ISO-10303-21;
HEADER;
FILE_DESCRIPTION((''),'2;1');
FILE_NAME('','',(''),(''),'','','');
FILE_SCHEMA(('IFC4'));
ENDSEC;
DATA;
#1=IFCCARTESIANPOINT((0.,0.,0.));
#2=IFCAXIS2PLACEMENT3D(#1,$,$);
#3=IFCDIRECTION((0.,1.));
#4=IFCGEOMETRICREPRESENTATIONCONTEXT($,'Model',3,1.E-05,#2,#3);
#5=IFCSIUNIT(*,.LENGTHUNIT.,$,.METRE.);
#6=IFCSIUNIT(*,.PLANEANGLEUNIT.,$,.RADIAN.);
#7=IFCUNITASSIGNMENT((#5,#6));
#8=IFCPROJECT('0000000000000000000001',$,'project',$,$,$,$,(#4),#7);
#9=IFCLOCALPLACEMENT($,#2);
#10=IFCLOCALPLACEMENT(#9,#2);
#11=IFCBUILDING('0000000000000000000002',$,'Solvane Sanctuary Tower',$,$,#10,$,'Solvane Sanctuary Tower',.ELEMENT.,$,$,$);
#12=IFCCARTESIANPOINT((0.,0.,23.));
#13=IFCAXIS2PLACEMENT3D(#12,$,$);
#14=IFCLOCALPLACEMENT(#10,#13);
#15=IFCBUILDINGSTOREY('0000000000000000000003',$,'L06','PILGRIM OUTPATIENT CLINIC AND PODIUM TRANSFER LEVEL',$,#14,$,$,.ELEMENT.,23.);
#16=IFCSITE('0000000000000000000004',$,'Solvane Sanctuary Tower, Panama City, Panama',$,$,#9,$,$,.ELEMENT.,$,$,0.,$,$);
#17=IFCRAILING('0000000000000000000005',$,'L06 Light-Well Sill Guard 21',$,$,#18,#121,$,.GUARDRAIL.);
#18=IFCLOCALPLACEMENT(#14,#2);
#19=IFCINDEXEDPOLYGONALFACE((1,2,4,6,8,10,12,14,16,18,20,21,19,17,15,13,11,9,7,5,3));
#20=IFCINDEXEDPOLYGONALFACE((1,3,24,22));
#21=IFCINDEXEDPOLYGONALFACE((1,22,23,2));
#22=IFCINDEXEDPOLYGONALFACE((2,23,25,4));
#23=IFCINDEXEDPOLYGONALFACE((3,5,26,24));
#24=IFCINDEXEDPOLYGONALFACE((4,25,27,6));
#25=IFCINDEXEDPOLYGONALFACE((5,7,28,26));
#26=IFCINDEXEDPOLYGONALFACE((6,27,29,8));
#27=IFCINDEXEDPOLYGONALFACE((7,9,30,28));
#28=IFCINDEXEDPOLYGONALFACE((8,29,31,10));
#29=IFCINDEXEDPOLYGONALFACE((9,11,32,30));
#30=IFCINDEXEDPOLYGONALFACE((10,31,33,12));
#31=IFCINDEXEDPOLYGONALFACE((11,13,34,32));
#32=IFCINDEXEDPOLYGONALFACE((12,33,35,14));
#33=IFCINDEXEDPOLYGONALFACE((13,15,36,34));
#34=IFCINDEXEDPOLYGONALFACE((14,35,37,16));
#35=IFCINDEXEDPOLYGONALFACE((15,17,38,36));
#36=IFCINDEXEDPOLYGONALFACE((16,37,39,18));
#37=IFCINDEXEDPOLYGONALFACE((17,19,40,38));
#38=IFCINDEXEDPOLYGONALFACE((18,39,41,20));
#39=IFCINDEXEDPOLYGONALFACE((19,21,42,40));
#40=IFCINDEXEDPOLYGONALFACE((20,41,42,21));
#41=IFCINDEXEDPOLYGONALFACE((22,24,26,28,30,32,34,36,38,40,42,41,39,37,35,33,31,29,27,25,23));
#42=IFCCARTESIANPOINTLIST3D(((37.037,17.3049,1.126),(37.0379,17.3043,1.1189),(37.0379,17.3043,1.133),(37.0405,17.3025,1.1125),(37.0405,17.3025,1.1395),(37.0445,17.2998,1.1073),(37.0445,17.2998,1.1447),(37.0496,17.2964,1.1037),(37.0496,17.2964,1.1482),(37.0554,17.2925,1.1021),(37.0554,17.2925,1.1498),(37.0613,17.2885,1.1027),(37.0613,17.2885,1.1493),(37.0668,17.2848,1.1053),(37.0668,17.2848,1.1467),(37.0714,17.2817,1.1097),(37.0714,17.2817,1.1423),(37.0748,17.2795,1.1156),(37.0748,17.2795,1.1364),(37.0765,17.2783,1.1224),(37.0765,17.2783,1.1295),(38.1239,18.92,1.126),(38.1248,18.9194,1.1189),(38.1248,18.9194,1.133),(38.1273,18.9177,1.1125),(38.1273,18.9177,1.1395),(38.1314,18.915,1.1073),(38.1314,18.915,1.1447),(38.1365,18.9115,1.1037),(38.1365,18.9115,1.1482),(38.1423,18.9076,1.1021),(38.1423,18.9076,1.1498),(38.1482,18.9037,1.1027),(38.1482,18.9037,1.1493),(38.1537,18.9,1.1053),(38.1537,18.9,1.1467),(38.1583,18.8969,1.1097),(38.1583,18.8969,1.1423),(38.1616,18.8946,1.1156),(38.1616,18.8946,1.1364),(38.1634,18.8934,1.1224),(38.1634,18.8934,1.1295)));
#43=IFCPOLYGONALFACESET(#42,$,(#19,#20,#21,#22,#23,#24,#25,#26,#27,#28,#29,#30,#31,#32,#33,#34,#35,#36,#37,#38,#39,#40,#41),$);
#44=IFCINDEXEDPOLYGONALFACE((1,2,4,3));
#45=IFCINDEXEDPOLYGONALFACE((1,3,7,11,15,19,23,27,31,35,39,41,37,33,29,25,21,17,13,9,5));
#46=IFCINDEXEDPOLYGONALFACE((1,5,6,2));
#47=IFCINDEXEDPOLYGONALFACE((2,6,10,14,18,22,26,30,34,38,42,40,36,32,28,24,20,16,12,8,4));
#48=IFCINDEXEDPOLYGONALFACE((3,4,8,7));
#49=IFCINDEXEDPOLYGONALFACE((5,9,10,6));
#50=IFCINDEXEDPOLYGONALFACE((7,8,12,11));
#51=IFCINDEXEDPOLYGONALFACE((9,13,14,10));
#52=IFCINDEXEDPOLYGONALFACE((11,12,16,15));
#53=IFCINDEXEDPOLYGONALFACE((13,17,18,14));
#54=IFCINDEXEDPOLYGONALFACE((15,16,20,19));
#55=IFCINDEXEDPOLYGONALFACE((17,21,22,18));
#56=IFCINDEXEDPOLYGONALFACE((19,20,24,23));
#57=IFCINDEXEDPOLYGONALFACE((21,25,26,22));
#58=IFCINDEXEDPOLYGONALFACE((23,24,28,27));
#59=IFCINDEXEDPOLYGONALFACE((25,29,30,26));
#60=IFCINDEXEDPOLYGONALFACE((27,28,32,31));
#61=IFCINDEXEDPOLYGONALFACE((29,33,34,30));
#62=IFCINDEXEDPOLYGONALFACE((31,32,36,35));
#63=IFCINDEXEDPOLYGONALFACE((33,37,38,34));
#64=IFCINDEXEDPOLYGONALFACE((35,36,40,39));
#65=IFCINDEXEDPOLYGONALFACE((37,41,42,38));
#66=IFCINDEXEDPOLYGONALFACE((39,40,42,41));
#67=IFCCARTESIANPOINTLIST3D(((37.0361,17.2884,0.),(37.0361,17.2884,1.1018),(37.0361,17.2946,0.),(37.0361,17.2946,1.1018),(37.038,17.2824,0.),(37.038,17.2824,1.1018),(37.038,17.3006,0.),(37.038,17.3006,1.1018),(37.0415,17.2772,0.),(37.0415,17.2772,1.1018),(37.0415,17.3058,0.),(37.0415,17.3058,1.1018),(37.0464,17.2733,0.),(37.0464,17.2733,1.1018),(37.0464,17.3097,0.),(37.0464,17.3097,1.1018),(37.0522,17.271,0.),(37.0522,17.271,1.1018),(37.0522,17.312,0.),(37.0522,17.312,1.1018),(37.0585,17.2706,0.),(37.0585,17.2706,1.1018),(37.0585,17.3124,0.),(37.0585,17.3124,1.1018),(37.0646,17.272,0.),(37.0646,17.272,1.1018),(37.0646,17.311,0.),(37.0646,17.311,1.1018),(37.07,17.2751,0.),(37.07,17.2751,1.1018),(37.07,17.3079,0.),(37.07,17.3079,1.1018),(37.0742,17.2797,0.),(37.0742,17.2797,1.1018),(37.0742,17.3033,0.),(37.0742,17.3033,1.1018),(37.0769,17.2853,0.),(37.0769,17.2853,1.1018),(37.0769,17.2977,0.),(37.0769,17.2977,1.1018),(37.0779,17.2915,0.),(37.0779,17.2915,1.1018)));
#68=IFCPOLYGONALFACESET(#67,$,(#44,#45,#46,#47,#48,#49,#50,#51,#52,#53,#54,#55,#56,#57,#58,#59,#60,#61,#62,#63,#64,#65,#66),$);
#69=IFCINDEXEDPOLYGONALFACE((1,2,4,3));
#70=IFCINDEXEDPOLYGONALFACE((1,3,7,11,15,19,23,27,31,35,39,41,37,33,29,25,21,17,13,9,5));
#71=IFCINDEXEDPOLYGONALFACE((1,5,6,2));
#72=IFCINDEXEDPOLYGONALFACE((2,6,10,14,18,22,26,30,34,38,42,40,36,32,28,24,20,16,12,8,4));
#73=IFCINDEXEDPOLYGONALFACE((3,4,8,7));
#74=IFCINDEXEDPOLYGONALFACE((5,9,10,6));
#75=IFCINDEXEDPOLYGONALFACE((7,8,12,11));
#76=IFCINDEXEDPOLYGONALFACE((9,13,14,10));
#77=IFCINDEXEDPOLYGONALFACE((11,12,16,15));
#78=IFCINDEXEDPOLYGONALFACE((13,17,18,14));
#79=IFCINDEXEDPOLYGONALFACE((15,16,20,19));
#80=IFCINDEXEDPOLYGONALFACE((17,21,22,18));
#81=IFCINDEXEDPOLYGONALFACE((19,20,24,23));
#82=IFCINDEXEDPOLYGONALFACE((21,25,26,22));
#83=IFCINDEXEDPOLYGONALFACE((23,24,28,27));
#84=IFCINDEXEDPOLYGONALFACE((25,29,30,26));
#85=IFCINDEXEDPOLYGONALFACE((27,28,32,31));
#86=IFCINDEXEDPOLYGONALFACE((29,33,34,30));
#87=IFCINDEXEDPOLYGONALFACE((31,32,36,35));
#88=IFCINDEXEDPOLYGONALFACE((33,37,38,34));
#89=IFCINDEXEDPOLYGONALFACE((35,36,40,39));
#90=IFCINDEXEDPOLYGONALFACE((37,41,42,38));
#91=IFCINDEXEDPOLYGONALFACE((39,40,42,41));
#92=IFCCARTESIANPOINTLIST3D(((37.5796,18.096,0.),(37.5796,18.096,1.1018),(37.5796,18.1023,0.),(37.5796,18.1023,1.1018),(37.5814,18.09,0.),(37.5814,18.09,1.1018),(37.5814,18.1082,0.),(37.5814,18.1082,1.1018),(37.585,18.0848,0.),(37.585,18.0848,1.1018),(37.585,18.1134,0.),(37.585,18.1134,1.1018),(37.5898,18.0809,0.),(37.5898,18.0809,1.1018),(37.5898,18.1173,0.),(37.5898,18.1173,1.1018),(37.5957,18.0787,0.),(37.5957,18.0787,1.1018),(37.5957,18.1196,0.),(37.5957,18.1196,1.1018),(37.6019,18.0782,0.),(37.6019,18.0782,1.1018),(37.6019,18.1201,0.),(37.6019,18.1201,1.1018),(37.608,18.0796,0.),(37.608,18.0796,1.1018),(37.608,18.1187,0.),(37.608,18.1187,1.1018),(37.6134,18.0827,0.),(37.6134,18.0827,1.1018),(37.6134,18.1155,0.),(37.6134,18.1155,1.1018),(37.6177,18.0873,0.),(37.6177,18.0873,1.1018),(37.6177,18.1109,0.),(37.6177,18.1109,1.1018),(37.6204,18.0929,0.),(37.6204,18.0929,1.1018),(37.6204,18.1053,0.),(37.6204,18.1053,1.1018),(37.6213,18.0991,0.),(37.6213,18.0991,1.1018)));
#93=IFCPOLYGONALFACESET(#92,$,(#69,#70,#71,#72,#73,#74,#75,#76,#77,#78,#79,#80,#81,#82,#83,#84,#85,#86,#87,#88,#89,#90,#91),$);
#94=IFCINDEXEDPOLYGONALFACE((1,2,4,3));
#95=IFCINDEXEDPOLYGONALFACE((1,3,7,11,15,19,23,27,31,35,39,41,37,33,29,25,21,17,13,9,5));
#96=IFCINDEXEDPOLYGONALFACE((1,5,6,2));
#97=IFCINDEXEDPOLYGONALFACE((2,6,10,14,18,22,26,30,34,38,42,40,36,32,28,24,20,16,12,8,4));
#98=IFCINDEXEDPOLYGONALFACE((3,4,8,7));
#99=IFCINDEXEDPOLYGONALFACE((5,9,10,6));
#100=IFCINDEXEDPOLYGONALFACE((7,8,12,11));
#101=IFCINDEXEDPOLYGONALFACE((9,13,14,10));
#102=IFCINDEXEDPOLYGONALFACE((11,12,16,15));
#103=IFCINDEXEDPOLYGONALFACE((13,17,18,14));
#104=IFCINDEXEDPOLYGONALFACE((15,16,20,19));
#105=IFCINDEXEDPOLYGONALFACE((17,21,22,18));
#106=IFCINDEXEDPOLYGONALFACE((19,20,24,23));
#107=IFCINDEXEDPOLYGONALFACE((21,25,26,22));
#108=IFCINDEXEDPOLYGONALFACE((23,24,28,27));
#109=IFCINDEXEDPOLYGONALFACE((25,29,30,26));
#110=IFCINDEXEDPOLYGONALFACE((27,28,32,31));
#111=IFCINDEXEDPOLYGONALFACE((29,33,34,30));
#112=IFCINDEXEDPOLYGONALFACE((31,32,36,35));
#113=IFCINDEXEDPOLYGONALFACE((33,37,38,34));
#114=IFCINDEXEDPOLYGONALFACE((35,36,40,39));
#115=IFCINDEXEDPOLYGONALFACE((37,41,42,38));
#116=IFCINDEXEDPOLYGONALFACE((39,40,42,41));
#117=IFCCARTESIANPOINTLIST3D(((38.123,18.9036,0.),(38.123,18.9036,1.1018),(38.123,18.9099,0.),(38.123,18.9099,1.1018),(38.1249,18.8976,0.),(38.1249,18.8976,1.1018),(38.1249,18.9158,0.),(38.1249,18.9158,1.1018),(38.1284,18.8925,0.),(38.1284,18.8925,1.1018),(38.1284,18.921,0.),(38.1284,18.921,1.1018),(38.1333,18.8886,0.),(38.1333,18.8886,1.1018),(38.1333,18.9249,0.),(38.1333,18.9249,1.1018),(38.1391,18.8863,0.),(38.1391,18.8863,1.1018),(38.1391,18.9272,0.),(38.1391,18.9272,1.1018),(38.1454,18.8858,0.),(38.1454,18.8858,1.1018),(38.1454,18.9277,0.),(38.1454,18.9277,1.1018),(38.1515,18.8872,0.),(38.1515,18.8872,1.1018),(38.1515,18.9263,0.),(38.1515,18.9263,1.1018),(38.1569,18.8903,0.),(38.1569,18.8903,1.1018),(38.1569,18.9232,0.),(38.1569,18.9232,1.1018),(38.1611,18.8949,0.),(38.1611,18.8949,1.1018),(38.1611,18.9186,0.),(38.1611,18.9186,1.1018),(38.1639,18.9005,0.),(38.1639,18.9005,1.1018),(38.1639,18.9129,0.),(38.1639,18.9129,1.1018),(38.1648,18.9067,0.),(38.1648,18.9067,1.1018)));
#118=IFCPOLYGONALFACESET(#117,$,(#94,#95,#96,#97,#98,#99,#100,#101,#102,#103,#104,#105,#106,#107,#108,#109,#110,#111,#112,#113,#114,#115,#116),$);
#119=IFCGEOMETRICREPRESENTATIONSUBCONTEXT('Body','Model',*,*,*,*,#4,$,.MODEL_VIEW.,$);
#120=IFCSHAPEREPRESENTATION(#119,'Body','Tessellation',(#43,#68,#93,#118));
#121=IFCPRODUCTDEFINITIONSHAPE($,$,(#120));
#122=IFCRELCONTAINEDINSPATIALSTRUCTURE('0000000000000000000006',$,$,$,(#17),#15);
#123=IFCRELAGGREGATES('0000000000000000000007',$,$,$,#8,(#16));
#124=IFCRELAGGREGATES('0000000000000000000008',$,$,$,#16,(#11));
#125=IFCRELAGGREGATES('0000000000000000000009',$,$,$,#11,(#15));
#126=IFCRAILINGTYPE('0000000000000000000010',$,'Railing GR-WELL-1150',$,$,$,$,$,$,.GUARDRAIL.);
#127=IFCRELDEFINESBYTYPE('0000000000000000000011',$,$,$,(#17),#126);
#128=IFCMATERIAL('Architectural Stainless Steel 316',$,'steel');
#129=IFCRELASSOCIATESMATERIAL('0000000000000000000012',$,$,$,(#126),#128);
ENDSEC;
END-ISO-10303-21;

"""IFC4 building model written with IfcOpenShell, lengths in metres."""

from ifc_helpers import new_model, si_unit, direction, frame, origin, origin_2d, place, context, subcontext, project, spatial, circle, extrude, material, type_object, element, save


model = new_model("IFC4")

# Units and contexts
model_context = context("Model", 3, precision=1e-05, world=origin(), true_north=direction((0.0, 1.0)))
body_context = subcontext(model_context, "Body", "Model", "MODEL_VIEW")
ifc_project = project(units=[si_unit("LENGTHUNIT", "METRE"), si_unit("PLANEANGLEUNIT", "RADIAN")], contexts=[model_context])

# Site, building, storey
site_placement = place(None, origin())
site = spatial("IfcSite", under=ifc_project, at=site_placement, Name="Solvane Sanctuary Tower, Panama City, Panama", CompositionType="ELEMENT", RefElevation=0.0)
building_placement = place(site_placement, origin())
building = spatial("IfcBuilding", under=site, at=building_placement, Name="Solvane Sanctuary Tower", LongName="Solvane Sanctuary Tower", CompositionType="ELEMENT")
storey_placement = place(building_placement, frame((0.0, 0.0, 23.0)))
storey = spatial("IfcBuildingStorey", under=building, at=storey_placement, Name="L06", Description="PILGRIM OUTPATIENT CLINIC AND PODIUM TRANSFER LEVEL", CompositionType="ELEMENT", Elevation=23.0)

# Railing
ifc_material_1 = material(Name="Architectural Stainless Steel 316", Category="steel")
railing_type = type_object("IfcRailingType", Name="Railing GR-WELL-1150", PredefinedType="GUARDRAIL", material=ifc_material_1)
railing_1_placement = place(storey_placement, frame((37.0569, 17.2915, 0.0)))
element("IfcRailing", 1, at=railing_1_placement, inside=storey, type_object=railing_type, Name="L06 Light-Well Sill Guard 21", PredefinedType="GUARDRAIL", context=body_context, shape_type="SweptSolid", body=[
    extrude(circle(Radius=0.0239, at=origin_2d()), frame((0.0, 0.0, 1.126), z_axis=(0.558283, 0.82965, 0.0), x_axis=(-0.82965, 0.558283, 0.0)), (0.0, 0.0, 1.0), 1.9468),
    extrude(circle(Radius=0.021, at=origin_2d()), origin(), (0.0, 0.0, 1.0), 1.1018),
    extrude(circle(Radius=0.021, at=origin_2d()), frame((0.5435, 0.8076, 0.0)), (0.0, 0.0, 1.0), 1.1018),
    extrude(circle(Radius=0.021, at=origin_2d()), frame((1.0869, 1.6152, 0.0)), (0.0, 0.0, 1.0), 1.1018),
])

save(model, "model.ifc")
